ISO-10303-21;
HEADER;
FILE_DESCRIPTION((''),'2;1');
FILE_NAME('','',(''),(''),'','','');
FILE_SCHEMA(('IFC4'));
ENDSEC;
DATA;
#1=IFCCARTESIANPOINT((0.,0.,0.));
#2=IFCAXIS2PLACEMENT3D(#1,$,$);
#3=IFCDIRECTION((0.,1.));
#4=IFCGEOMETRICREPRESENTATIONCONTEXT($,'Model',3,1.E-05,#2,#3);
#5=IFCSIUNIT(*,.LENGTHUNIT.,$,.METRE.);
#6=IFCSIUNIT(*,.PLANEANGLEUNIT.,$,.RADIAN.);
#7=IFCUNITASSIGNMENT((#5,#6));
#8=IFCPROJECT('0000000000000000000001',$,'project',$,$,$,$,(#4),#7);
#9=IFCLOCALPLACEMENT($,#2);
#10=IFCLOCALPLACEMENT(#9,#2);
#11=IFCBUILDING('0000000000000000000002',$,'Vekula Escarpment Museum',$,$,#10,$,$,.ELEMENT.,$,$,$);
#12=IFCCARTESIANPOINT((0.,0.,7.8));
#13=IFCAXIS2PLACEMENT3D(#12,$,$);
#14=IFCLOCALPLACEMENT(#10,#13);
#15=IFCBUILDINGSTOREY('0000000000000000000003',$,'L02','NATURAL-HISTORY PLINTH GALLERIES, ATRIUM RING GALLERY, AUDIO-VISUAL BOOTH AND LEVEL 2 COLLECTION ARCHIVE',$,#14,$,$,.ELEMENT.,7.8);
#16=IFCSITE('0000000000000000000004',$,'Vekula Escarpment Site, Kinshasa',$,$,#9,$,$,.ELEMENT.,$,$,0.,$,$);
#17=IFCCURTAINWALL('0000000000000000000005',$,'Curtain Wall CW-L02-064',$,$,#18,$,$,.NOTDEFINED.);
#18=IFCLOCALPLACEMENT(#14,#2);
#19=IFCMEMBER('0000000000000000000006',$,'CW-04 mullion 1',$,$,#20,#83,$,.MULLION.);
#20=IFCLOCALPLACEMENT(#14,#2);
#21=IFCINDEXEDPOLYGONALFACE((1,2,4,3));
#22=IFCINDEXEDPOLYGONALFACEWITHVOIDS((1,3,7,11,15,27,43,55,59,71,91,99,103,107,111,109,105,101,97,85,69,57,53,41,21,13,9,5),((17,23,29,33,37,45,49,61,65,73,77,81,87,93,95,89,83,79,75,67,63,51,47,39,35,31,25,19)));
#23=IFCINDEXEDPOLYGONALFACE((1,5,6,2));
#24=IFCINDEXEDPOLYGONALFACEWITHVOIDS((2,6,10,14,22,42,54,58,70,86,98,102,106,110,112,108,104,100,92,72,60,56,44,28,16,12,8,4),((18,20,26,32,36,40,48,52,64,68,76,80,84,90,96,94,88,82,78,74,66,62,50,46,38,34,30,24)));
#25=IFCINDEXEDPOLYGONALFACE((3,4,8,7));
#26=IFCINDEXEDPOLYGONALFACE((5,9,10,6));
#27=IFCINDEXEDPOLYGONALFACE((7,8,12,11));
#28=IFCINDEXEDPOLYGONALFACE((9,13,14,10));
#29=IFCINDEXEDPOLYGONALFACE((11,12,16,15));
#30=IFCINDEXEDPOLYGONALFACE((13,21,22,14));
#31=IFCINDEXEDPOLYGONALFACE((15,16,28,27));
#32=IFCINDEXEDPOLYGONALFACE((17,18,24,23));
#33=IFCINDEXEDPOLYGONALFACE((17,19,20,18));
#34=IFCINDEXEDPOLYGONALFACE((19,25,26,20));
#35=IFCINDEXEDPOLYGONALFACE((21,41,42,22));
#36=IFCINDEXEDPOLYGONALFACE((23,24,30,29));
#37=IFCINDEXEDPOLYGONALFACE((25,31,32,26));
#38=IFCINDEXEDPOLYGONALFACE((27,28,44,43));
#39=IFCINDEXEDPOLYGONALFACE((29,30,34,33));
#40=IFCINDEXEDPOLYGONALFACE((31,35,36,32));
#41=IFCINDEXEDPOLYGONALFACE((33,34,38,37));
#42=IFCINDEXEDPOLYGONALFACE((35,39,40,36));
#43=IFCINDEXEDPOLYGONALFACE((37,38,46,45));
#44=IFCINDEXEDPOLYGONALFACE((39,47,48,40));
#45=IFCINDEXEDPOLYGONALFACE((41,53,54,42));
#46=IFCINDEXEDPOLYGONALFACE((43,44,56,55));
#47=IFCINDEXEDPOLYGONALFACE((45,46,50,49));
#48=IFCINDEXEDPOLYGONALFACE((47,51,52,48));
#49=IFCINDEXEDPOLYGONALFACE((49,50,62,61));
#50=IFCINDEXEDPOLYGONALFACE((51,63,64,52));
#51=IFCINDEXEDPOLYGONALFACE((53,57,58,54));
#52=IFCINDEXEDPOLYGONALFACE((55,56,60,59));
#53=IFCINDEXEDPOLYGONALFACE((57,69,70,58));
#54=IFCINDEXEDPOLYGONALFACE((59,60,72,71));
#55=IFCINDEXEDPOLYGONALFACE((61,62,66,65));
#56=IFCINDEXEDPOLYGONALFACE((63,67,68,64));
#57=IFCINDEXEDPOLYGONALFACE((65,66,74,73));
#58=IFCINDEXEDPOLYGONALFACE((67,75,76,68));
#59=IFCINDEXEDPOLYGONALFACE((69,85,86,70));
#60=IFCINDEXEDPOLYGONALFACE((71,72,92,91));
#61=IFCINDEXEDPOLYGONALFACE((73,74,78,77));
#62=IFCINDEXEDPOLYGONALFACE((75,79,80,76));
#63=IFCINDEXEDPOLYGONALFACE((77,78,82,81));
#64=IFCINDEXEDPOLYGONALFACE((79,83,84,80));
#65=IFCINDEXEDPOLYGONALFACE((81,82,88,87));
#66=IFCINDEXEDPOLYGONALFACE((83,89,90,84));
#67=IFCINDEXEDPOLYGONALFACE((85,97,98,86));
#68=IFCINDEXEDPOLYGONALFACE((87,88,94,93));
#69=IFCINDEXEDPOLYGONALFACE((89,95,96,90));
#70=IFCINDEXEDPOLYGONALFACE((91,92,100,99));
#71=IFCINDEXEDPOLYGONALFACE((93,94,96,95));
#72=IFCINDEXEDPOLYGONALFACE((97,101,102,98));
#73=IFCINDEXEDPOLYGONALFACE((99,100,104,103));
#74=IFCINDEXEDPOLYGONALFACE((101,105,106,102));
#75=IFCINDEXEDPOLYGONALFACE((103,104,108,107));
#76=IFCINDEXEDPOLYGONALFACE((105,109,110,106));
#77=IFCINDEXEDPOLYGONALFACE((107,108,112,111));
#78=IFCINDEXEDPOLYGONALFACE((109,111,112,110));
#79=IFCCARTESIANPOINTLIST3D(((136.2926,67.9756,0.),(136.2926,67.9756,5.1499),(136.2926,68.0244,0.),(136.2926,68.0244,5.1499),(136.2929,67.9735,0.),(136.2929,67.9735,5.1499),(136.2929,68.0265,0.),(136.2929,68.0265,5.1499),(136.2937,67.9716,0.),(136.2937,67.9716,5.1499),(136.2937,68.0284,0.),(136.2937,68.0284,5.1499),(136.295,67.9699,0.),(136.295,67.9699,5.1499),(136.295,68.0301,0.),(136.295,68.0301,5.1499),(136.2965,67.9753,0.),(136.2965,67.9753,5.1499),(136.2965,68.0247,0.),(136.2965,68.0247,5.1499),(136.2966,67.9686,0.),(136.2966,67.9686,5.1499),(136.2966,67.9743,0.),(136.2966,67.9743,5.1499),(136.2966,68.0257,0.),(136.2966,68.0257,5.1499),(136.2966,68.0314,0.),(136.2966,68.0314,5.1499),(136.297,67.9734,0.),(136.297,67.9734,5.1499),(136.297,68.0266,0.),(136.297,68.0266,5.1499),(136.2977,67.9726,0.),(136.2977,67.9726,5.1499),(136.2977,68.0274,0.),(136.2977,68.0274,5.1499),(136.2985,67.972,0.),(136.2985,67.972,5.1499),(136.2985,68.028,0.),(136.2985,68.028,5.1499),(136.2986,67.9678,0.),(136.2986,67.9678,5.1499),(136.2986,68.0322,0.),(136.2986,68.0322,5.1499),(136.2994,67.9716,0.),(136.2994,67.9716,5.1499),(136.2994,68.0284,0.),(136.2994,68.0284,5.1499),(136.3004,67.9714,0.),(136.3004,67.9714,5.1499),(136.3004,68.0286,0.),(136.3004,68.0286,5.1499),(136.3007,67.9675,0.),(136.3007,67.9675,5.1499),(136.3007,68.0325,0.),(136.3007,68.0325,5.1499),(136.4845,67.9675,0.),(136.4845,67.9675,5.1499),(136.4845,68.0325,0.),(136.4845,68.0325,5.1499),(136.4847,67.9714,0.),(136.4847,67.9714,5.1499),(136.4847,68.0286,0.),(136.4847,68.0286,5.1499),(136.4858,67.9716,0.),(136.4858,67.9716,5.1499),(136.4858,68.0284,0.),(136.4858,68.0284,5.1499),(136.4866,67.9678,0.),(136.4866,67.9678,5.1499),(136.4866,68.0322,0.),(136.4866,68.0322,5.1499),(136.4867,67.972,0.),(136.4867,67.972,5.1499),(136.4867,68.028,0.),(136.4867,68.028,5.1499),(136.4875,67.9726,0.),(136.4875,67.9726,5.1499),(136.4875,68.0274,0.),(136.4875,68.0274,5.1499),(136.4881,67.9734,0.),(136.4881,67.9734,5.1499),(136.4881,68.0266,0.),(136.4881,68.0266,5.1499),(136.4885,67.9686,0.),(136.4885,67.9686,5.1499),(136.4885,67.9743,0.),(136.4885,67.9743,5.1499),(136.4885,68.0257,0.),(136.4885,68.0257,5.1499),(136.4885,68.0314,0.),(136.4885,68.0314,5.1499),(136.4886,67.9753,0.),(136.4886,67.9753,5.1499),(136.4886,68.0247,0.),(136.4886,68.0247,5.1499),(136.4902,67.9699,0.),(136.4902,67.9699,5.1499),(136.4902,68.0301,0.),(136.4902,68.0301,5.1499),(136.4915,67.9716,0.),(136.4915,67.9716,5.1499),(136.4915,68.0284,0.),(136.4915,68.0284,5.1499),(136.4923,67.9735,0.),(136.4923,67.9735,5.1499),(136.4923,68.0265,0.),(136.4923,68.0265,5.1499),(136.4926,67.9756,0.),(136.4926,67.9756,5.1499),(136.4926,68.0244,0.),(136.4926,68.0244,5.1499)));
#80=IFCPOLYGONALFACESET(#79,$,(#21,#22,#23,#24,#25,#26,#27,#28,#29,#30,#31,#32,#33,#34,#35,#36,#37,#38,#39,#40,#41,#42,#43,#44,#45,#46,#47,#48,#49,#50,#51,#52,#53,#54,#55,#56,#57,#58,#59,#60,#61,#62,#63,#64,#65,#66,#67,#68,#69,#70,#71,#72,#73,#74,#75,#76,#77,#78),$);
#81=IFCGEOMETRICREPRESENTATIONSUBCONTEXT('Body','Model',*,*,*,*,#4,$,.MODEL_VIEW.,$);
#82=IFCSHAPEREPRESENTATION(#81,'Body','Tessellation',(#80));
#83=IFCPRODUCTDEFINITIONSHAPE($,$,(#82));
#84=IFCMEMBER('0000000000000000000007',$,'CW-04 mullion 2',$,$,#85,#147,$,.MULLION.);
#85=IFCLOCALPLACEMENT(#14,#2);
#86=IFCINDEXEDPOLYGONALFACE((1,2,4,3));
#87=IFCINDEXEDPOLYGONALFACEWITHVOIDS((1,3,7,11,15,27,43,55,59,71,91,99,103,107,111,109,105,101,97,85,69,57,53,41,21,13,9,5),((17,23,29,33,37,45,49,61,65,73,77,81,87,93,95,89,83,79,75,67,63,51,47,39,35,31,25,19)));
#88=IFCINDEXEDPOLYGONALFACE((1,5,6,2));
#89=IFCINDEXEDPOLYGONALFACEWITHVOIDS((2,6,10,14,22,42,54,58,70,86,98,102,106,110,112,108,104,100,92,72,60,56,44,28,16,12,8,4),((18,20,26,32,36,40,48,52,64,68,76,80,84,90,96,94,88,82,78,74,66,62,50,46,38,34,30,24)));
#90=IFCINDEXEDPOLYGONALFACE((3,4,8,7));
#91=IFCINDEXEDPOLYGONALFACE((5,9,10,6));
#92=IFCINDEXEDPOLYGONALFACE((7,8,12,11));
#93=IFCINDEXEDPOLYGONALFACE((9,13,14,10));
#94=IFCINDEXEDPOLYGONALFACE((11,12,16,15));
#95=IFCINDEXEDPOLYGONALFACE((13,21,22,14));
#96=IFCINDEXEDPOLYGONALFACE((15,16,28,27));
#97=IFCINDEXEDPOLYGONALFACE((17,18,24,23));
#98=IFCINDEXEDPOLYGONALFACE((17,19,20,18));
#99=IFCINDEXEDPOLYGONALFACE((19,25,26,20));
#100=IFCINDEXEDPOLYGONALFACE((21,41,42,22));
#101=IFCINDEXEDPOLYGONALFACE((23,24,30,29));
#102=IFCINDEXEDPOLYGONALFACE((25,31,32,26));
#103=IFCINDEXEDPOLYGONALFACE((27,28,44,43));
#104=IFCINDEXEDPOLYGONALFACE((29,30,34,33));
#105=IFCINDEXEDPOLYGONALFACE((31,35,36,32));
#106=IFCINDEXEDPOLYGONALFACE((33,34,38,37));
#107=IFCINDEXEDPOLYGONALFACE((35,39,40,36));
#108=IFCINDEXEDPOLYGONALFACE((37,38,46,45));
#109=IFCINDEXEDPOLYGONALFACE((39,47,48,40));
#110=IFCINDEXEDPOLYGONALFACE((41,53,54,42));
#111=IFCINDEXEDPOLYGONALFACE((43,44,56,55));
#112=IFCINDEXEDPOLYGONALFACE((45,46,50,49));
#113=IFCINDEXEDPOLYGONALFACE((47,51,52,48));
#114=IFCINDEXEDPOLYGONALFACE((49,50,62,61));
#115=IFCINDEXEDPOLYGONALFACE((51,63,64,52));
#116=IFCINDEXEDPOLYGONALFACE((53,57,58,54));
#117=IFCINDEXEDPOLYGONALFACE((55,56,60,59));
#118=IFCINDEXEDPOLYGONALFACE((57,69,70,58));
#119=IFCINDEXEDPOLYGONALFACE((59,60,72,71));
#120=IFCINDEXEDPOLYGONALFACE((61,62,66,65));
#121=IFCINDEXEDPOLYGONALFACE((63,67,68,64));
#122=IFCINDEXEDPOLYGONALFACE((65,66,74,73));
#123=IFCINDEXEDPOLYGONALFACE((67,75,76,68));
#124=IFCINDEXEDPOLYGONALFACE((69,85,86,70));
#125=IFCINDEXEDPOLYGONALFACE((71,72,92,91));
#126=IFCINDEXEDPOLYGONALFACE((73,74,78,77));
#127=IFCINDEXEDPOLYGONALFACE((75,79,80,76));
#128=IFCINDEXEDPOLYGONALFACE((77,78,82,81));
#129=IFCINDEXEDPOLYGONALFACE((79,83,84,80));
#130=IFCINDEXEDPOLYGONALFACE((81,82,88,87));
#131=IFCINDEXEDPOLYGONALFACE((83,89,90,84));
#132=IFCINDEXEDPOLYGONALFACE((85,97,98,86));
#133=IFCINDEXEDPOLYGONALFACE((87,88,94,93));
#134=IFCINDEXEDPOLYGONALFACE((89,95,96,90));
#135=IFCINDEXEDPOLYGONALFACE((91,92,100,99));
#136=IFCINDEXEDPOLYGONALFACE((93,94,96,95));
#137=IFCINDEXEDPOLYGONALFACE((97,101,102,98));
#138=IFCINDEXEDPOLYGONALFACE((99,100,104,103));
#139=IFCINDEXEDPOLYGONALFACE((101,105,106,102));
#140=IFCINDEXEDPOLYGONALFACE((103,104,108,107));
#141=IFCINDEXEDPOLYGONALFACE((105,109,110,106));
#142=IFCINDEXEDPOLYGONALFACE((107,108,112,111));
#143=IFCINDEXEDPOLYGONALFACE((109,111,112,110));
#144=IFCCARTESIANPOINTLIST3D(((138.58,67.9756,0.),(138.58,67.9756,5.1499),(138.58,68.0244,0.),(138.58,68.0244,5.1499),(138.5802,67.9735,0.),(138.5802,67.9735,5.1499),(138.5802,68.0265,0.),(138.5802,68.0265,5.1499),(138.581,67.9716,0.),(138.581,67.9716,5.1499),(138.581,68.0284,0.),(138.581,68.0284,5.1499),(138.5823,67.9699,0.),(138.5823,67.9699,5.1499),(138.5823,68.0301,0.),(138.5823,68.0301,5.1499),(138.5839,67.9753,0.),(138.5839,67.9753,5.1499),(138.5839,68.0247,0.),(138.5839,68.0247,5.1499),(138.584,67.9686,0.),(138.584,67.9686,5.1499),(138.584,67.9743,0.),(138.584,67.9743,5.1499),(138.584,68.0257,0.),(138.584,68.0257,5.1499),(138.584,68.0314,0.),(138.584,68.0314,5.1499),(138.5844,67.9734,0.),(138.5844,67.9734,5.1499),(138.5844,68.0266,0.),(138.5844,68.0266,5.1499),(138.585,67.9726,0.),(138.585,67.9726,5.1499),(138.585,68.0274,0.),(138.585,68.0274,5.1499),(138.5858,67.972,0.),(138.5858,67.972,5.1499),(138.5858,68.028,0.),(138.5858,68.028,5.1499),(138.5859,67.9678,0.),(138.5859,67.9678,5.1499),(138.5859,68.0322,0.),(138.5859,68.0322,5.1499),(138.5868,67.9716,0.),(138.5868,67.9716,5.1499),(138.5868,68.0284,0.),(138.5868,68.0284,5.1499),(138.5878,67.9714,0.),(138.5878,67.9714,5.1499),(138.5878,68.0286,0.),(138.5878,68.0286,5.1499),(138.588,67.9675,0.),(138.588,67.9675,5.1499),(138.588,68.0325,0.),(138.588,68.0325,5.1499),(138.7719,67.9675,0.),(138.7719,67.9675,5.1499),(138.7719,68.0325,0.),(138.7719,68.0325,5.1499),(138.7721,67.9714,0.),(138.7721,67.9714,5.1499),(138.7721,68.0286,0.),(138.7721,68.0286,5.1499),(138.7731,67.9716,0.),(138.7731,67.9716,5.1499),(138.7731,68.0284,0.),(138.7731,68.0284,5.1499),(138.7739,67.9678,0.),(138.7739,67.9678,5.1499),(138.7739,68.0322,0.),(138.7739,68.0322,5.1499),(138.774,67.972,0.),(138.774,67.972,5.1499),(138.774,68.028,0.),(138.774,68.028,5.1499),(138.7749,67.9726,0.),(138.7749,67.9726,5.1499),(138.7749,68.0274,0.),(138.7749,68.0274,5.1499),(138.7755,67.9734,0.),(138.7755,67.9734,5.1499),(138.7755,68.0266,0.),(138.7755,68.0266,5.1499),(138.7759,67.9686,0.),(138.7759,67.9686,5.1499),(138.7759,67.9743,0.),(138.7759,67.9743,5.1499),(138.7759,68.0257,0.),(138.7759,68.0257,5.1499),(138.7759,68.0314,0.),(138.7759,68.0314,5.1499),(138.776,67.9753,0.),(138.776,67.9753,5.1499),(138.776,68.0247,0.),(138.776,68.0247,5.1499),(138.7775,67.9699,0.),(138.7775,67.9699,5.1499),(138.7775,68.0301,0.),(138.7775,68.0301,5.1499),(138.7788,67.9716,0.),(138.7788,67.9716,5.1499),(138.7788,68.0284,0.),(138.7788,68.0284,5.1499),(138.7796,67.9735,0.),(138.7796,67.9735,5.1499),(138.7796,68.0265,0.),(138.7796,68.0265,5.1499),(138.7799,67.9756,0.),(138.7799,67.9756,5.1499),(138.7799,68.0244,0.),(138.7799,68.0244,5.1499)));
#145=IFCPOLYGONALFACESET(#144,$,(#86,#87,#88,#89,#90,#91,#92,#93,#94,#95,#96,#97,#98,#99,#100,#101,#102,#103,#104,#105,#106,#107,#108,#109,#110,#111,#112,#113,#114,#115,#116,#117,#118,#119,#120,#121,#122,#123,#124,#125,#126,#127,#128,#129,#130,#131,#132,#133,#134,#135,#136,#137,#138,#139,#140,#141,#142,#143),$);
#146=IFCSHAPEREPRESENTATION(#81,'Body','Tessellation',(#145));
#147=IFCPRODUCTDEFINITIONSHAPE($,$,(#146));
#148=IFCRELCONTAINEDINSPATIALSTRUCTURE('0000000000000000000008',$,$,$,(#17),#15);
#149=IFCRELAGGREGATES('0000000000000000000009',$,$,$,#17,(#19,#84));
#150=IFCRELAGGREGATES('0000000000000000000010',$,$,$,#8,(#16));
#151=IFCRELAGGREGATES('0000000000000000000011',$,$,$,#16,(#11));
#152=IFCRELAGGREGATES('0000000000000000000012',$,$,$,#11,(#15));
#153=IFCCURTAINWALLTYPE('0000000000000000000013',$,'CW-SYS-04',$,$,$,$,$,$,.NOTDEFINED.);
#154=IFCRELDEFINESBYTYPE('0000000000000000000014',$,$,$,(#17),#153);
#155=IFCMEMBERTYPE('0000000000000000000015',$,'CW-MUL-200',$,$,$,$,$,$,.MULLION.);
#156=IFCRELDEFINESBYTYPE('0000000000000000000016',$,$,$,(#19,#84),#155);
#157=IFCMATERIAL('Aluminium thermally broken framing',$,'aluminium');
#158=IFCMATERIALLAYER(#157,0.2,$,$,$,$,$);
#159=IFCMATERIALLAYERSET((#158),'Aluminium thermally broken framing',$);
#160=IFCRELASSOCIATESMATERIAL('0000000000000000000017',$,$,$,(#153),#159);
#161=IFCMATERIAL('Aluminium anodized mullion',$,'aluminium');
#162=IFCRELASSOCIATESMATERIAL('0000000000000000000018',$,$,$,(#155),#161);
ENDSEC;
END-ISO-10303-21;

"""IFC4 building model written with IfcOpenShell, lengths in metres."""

from ifc_helpers import new_model, si_unit, direction, frame, origin, origin_2d, place, context, subcontext, project, spatial, hollow_rectangle, extrude, material, layer, layer_set, material_profile, profile_set, type_object, element, aggregate, save


model = new_model("IFC4")

# Units and contexts
model_context = context("Model", 3, precision=1e-05, world=origin(), true_north=direction((0.0, 1.0)))
body_context = subcontext(model_context, "Body", "Model", "MODEL_VIEW")
ifc_project = project(units=[si_unit("LENGTHUNIT", "METRE"), si_unit("PLANEANGLEUNIT", "RADIAN")], contexts=[model_context])

# Site, building, storey
site_placement = place(None, origin())
site = spatial("IfcSite", under=ifc_project, at=site_placement, Name="Vekula Escarpment Site, Kinshasa", CompositionType="ELEMENT", RefElevation=0.0)
building_placement = place(site_placement, origin())
building = spatial("IfcBuilding", under=site, at=building_placement, Name="Vekula Escarpment Museum", CompositionType="ELEMENT")
storey_placement = place(building_placement, frame((0.0, 0.0, 7.8)))
storey = spatial("IfcBuildingStorey", under=building, at=storey_placement, Name="L02", Description="NATURAL-HISTORY PLINTH GALLERIES, ATRIUM RING GALLERY, AUDIO-VISUAL BOOTH AND LEVEL 2 COLLECTION ARCHIVE", CompositionType="ELEMENT", Elevation=7.8)

# Curtain wall, members
ifc_material_1 = material(Name="Aluminium thermally broken framing", Category="aluminium")
ifc_layer_1 = layer(ifc_material_1, 0.2)
ifc_layer_set_1 = layer_set([ifc_layer_1], Name="Aluminium thermally broken framing")
curtain_wall_type = type_object("IfcCurtainWallType", Name="CW-SYS-04", PredefinedType="NOTDEFINED", material=ifc_layer_set_1)
curtain_wall_placement = place(storey_placement, origin())
curtain_wall = element("IfcCurtainWall", 1, at=curtain_wall_placement, inside=storey, type_object=curtain_wall_type, Name="Curtain Wall CW-L02-064", PredefinedType="NOTDEFINED")
ifc_material_2 = material(Name="Aluminium anodized mullion", Category="aluminium")
ifc_material_profile_1 = material_profile(ifc_material_2, hollow_rectangle(XDim=0.0649, YDim=0.2, WallThickness=0.0039, InnerFilletRadius=0.0039, OuterFilletRadius=0.0081, at=origin_2d()), Name="ALU 200x65x4")
ifc_profile_set_1 = profile_set([ifc_material_profile_1], Name="Aluminium anodized mullion")
member_type_1 = type_object("IfcMemberType", Name="CW-MUL-200", PredefinedType="MULLION", material=ifc_profile_set_1)
member_1_placement = place(storey_placement, frame((136.3926, 68.0, 0.0), z_axis=(0.0, 0.0, 1.0), x_axis=(0.0, 1.0, 0.0)))
member_1 = element("IfcMember", 2, at=member_1_placement, type_object=member_type_1, Name="CW-04 mullion 1", PredefinedType="MULLION", context=body_context, shape_type="SweptSolid", body=[
    extrude(hollow_rectangle(XDim=0.0649, YDim=0.2, WallThickness=0.0039, InnerFilletRadius=0.0039, OuterFilletRadius=0.0081, at=origin_2d()), origin(), (0.0, 0.0, 1.0), 5.1499),
])
member_2_placement = place(storey_placement, frame((138.6799, 68.0, 0.0), z_axis=(0.0, 0.0, 1.0), x_axis=(0.0, 1.0, 0.0)))
member_2 = element("IfcMember", 3, at=member_2_placement, type_object=member_type_1, Name="CW-04 mullion 2", PredefinedType="MULLION", context=body_context, shape_type="SweptSolid", body=[
    extrude(hollow_rectangle(XDim=0.0649, YDim=0.2, WallThickness=0.0039, InnerFilletRadius=0.0039, OuterFilletRadius=0.0081, at=origin_2d()), origin(), (0.0, 0.0, 1.0), 5.1499),
])
aggregate(curtain_wall, [member_1, member_2])

save(model, "model.ifc")
